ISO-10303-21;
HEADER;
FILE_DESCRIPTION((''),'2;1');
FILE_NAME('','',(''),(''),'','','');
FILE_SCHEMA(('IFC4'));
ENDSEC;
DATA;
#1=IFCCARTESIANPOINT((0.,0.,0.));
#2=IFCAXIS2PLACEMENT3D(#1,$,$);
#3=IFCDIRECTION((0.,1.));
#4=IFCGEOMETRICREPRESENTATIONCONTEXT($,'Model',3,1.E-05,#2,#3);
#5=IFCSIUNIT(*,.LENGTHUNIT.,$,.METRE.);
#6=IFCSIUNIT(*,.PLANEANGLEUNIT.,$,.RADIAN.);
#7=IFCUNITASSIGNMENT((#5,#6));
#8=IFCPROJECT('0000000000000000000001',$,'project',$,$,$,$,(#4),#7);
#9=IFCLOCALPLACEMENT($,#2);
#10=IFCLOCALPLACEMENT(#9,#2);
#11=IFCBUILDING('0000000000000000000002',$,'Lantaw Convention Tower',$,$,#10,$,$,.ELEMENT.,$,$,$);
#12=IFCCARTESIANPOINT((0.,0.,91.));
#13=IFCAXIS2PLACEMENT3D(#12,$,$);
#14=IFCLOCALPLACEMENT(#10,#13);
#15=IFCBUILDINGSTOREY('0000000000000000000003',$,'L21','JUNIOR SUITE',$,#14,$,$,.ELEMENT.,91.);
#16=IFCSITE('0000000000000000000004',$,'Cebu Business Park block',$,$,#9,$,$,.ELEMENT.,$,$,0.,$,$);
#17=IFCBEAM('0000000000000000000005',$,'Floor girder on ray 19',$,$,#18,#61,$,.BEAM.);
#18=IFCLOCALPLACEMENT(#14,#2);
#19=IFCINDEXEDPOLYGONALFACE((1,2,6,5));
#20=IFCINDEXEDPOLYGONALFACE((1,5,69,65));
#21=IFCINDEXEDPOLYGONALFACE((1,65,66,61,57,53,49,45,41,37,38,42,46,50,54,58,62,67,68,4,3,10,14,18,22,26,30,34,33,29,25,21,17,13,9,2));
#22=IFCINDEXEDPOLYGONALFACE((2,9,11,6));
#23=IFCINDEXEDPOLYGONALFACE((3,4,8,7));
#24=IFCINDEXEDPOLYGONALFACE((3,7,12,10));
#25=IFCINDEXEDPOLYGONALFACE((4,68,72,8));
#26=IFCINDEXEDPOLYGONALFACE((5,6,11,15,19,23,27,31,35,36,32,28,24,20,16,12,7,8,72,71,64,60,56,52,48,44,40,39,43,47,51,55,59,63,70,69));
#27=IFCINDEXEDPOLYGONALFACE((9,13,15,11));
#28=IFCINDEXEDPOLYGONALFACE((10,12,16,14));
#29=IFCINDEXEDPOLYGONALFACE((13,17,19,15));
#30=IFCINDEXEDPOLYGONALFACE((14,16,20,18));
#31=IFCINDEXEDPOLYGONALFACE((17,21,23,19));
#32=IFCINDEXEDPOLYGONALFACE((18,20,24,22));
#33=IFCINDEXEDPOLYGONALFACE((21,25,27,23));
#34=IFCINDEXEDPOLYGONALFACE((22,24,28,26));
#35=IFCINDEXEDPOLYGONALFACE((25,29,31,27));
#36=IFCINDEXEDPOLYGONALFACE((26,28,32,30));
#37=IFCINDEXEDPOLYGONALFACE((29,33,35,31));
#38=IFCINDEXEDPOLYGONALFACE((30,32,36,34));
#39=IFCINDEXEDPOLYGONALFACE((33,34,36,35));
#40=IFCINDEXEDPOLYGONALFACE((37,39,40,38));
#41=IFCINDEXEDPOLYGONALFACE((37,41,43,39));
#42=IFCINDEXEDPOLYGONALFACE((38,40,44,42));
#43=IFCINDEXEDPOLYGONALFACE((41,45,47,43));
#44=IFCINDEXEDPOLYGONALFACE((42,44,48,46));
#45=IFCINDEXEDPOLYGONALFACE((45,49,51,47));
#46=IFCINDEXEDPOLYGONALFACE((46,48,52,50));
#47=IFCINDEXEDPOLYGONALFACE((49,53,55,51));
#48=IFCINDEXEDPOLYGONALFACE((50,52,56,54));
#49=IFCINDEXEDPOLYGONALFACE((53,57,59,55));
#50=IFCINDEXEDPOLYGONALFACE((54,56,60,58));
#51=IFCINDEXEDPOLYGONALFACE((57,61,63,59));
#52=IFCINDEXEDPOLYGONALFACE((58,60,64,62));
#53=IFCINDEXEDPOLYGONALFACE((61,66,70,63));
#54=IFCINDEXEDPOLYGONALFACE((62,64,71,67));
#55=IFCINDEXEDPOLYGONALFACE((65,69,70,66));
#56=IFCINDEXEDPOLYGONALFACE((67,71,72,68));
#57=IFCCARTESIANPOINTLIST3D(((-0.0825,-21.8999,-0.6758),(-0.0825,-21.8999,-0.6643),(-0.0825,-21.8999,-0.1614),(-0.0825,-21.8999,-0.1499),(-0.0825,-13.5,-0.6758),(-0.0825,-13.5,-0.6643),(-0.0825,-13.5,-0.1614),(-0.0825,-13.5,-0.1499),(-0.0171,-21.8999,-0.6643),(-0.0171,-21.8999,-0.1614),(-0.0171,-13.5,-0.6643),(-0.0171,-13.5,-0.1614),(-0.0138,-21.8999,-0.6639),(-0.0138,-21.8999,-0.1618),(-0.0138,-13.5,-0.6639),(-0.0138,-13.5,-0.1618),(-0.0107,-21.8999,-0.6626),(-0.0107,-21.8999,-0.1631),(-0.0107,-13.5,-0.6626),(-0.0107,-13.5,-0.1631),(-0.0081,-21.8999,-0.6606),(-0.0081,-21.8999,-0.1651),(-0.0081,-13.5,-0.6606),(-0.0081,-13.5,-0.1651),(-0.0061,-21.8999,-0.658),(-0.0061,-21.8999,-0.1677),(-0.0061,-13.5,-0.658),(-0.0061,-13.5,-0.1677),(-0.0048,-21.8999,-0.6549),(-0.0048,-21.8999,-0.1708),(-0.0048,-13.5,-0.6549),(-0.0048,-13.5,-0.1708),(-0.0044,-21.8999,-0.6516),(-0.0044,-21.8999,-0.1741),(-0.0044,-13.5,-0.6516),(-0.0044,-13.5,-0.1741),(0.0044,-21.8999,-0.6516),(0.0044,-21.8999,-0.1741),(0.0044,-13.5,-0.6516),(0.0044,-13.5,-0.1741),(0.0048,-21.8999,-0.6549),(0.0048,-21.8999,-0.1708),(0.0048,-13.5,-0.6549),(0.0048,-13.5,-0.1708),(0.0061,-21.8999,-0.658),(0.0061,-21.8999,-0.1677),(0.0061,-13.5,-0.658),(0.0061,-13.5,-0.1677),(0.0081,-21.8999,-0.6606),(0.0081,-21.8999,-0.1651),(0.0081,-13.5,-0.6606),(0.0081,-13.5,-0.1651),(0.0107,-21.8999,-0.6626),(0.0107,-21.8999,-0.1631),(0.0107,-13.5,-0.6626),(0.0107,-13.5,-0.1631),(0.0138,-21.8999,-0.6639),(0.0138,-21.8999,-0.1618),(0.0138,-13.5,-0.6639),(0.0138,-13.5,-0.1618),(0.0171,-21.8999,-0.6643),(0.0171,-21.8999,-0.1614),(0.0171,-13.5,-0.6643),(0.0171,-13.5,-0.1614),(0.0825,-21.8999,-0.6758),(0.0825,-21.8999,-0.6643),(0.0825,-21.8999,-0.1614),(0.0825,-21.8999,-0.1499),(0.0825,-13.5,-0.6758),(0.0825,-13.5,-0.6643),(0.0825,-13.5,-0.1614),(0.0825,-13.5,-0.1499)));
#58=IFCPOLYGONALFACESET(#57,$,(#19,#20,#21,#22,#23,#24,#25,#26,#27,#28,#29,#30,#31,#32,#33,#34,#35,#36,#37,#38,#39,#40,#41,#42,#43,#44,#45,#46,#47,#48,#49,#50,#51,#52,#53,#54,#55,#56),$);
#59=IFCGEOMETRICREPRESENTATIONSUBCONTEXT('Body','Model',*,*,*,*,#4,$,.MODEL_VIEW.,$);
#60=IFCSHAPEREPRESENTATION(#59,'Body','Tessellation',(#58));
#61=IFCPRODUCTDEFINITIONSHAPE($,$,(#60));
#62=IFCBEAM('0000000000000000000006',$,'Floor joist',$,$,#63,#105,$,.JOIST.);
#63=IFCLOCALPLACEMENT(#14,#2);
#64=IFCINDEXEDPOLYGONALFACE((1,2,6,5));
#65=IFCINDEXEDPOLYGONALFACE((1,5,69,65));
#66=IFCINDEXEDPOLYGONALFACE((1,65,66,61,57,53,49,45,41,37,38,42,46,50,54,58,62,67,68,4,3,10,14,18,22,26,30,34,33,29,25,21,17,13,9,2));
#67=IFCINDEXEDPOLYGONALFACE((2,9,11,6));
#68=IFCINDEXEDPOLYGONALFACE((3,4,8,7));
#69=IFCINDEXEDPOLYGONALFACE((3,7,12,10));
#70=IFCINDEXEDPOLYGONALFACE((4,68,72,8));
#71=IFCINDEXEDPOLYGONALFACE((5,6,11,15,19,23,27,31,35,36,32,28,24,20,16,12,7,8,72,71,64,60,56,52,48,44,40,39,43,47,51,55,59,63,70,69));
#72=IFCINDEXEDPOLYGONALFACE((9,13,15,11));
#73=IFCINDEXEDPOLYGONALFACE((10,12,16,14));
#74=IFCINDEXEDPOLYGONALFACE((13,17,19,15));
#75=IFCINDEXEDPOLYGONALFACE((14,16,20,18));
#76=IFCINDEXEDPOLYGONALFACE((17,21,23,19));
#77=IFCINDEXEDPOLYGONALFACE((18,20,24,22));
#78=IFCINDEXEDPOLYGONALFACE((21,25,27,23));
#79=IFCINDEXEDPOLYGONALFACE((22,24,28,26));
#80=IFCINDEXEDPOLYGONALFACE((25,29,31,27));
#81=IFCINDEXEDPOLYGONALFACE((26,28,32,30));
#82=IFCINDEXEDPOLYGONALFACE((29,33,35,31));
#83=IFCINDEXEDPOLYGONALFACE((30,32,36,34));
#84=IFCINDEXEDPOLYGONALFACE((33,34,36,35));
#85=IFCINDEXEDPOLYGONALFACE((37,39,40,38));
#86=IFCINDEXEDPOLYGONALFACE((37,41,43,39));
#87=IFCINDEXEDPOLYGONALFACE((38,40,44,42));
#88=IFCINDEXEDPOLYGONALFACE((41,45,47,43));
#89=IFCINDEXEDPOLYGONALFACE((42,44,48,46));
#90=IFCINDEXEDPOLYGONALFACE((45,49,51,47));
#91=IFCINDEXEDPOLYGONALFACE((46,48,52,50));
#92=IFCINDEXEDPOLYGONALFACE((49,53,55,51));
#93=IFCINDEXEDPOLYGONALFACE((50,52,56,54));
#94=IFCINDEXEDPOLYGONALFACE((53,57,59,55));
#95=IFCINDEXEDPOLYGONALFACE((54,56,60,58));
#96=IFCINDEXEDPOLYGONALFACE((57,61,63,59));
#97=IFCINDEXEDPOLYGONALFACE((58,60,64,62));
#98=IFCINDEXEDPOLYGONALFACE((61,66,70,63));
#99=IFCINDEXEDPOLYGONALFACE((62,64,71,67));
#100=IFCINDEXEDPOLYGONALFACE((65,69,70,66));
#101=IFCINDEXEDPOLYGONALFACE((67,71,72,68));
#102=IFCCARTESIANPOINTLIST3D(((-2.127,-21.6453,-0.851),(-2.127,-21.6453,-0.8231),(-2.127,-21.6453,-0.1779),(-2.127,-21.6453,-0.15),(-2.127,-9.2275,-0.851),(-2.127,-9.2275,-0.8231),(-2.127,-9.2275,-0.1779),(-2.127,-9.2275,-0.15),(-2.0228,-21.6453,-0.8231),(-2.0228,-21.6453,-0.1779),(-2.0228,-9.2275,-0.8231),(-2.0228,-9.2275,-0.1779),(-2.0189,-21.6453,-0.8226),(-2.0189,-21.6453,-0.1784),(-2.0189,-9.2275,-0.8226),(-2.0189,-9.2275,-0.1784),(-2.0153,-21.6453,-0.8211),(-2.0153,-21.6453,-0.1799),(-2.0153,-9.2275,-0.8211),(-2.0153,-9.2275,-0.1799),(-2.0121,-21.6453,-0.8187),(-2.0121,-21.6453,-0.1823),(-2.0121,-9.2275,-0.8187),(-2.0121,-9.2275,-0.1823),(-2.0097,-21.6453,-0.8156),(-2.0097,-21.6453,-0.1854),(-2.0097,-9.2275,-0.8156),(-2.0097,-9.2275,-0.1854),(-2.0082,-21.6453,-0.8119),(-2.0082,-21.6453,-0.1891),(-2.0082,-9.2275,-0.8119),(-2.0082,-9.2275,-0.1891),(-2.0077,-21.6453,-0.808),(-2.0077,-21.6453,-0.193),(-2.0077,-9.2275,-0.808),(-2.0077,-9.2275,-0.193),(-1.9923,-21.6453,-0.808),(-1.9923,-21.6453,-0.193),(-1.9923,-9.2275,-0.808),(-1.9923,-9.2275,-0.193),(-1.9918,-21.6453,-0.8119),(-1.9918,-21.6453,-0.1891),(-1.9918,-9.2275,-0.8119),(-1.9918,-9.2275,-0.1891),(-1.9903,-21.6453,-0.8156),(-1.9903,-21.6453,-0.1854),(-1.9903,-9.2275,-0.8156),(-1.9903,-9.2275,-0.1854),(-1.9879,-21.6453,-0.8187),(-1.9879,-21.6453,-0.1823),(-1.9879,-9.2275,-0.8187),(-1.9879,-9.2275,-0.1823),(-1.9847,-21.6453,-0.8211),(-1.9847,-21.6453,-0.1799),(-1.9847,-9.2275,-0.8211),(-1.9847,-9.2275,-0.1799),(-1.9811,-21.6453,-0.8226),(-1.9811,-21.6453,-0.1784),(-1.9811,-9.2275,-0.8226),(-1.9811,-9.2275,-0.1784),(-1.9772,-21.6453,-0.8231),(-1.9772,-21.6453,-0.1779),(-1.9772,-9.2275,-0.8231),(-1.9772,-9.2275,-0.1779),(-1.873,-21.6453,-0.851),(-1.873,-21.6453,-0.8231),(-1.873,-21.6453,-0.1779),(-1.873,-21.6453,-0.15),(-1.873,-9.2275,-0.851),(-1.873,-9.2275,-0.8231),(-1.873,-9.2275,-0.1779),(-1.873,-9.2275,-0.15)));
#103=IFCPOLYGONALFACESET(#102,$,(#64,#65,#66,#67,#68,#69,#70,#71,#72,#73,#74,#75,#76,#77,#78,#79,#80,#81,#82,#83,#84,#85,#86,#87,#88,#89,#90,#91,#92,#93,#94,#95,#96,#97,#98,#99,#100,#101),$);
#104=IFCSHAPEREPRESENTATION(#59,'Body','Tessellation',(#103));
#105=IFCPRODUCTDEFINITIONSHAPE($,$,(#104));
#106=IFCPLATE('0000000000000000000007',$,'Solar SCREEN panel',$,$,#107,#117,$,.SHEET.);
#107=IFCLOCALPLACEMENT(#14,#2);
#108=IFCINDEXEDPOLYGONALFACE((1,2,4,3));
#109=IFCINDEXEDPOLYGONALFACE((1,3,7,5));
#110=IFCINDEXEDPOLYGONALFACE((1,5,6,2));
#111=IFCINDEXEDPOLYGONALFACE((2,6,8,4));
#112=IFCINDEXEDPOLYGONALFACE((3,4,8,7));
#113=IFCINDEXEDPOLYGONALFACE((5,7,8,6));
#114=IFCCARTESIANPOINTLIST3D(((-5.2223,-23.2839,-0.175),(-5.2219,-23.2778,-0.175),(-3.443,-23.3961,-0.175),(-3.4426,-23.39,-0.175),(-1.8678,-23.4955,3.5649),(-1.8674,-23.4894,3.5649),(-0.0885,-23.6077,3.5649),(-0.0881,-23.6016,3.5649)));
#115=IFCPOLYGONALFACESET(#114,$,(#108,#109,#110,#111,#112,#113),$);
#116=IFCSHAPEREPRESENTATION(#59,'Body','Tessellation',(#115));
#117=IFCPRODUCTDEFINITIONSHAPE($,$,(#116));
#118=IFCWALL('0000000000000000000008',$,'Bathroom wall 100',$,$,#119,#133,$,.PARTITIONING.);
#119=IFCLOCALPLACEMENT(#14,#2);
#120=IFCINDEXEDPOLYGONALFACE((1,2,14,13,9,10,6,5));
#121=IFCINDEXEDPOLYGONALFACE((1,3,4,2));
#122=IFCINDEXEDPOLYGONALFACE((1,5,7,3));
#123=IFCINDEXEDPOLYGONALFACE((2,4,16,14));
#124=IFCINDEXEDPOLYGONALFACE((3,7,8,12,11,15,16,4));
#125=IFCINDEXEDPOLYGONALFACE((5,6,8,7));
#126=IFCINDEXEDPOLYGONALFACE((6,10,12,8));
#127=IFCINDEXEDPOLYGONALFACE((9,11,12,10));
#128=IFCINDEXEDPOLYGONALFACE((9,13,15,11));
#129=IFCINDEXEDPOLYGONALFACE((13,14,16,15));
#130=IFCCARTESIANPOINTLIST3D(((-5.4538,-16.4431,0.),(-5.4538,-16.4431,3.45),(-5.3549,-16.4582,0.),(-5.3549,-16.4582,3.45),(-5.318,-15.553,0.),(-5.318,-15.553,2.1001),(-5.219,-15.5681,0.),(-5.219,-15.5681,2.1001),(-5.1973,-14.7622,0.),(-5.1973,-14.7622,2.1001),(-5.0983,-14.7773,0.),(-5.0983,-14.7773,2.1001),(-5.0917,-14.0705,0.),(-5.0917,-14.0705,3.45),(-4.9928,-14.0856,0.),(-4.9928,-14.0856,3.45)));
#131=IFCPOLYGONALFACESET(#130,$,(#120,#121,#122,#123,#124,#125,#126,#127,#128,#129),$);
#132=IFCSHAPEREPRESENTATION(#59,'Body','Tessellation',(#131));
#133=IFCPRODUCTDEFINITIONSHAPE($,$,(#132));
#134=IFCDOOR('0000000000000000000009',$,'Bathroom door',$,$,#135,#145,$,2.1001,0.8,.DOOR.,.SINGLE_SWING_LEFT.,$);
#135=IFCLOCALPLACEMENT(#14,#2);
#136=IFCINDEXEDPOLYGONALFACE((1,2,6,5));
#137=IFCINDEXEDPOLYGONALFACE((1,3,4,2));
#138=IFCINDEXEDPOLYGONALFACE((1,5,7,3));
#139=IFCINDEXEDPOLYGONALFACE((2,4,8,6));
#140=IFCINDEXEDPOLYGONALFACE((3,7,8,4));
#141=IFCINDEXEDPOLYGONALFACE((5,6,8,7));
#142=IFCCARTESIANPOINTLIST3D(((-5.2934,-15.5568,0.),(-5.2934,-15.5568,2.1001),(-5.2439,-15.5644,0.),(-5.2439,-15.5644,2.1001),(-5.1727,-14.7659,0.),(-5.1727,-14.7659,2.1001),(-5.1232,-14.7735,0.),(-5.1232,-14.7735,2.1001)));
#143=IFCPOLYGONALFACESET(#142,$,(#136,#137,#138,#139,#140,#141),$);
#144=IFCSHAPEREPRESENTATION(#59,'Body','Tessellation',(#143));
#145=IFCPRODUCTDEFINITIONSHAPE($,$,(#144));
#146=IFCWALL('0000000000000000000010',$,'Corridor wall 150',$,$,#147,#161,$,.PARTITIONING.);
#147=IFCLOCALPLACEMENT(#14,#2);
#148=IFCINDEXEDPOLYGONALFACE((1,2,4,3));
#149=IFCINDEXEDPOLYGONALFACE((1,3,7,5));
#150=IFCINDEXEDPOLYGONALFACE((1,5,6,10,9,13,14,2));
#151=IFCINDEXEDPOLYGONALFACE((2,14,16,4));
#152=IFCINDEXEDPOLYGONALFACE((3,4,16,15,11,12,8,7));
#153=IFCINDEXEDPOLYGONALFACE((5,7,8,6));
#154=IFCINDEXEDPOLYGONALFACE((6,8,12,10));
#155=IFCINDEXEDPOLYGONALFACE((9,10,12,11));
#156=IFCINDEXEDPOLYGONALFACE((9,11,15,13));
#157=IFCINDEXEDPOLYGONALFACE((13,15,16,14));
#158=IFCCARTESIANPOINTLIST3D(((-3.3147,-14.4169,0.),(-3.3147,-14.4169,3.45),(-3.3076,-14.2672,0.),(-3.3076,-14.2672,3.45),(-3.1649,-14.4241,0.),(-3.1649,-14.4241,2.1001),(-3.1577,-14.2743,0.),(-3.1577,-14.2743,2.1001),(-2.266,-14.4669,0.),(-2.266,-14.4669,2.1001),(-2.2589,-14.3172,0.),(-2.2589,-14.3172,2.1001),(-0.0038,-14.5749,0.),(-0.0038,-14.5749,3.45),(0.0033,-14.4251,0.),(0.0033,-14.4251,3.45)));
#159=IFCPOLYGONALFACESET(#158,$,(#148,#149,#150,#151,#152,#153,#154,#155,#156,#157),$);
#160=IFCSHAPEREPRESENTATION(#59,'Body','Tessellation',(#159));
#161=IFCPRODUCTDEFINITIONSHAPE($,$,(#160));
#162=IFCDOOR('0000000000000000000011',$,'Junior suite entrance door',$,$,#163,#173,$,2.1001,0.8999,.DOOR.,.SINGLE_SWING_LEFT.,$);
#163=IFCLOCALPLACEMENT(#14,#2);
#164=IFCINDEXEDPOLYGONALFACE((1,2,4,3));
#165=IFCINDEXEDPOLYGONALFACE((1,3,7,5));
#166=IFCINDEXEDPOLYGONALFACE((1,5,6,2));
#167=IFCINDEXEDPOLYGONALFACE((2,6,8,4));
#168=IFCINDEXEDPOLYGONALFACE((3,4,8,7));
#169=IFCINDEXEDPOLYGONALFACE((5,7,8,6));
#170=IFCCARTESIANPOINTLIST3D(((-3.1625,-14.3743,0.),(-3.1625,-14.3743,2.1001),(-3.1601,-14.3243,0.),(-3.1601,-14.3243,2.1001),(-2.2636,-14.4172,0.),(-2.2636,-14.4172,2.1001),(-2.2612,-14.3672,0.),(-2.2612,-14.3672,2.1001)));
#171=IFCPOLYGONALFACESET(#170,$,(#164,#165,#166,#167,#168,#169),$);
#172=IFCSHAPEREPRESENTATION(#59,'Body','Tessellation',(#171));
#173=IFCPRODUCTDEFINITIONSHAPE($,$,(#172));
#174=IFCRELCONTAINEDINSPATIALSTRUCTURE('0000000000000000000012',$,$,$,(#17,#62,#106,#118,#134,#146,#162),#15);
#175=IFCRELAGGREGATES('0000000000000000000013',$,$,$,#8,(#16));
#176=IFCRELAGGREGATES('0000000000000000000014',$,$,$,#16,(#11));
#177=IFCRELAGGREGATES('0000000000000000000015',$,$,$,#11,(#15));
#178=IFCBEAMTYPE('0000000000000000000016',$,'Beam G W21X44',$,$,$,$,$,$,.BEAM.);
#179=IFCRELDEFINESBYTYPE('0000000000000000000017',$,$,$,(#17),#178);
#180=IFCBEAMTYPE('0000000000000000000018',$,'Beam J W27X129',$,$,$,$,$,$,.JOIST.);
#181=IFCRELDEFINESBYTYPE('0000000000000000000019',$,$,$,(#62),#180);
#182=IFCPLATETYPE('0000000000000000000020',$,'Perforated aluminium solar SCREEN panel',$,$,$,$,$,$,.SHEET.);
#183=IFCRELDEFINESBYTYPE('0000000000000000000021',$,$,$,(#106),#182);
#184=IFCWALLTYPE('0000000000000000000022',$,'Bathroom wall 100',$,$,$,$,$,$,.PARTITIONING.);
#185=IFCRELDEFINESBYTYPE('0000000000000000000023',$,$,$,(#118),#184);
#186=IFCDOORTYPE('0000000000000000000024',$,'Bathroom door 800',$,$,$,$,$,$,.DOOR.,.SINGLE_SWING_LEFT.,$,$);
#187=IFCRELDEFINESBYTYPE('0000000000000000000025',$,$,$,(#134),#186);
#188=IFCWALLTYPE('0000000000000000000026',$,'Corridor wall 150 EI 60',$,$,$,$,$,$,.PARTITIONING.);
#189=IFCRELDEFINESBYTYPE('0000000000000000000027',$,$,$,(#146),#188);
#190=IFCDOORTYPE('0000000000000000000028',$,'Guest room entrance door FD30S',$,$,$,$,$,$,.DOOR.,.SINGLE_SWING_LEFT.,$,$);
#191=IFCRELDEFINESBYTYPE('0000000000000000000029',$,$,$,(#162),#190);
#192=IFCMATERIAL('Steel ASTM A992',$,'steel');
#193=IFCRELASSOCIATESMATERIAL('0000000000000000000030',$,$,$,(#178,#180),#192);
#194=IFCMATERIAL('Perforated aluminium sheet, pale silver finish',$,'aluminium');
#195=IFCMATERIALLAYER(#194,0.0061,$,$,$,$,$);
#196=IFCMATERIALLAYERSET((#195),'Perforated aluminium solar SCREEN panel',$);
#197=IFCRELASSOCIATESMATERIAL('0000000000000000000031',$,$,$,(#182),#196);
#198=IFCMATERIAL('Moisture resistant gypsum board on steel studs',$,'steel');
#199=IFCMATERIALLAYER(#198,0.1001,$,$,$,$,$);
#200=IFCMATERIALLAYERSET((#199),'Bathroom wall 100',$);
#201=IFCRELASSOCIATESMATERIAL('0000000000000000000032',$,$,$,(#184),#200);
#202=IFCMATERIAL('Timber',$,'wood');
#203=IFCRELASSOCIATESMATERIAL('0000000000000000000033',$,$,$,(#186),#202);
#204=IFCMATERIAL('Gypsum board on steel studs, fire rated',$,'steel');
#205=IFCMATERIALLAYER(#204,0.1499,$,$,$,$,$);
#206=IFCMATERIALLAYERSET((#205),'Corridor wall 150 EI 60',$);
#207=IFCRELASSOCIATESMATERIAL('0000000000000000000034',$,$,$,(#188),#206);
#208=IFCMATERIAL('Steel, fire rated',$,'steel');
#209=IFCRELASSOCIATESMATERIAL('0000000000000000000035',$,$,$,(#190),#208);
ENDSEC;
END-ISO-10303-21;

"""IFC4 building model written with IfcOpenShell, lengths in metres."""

from ifc_helpers import new_model, si_unit, direction, frame, frame_2d, origin, origin_2d, place, context, subcontext, project, spatial, polyline, rectangle, i_section, outline, extrude, material, layer, layer_set, material_profile, profile_set, type_object, element, fill, save


model = new_model("IFC4")

# Units and contexts
model_context = context("Model", 3, precision=1e-05, world=origin(), true_north=direction((0.0, 1.0)))
body_context = subcontext(model_context, "Body", "Model", "MODEL_VIEW")
ifc_project = project(units=[si_unit("LENGTHUNIT", "METRE"), si_unit("PLANEANGLEUNIT", "RADIAN")], contexts=[model_context])

# Site, building, storey
site_placement = place(None, origin())
site = spatial("IfcSite", under=ifc_project, at=site_placement, Name="Cebu Business Park block", CompositionType="ELEMENT", RefElevation=0.0)
building_placement = place(site_placement, origin())
building = spatial("IfcBuilding", under=site, at=building_placement, Name="Lantaw Convention Tower", CompositionType="ELEMENT")
storey_placement = place(building_placement, frame((0.0, 0.0, 91.0)))
storey = spatial("IfcBuildingStorey", under=building, at=storey_placement, Name="L21", Description="JUNIOR SUITE", CompositionType="ELEMENT", Elevation=91.0)

# Beams
ifc_material_1 = material(Name="Steel ASTM A992", Category="steel")
ifc_material_profile_1 = material_profile(ifc_material_1, i_section(OverallWidth=0.165, OverallDepth=0.5259, WebThickness=0.0088, FlangeThickness=0.0115, FilletRadius=0.0127, at=origin_2d()), Name="W21X44")
ifc_profile_set_1 = profile_set([ifc_material_profile_1], Name="Steel ASTM A992")
beam_type_1 = type_object("IfcBeamType", Name="Beam G W21X44", PredefinedType="BEAM", material=ifc_profile_set_1)
beam_1_placement = place(storey_placement, frame((0.0, -13.5, -0.4128), z_axis=(0.0, -1.0, 0.0), x_axis=(1.0, 0.0, 0.0)))
element("IfcBeam", 1, at=beam_1_placement, inside=storey, type_object=beam_type_1, Name="Floor girder on ray 19", PredefinedType="BEAM", context=body_context, shape_type="SweptSolid", body=[
    extrude(i_section(OverallWidth=0.165, OverallDepth=0.5259, WebThickness=0.0088, FlangeThickness=0.0115, FilletRadius=0.0127, at=origin_2d()), origin(), (0.0, 0.0, 1.0), 8.3999),
])
ifc_material_profile_2 = material_profile(ifc_material_1, i_section(OverallWidth=0.2539, OverallDepth=0.7009, WebThickness=0.0154, FlangeThickness=0.0278, FilletRadius=0.0151, at=origin_2d()), Name="W27X129")
ifc_profile_set_2 = profile_set([ifc_material_profile_2], Name="Steel ASTM A992")
beam_type_2 = type_object("IfcBeamType", Name="Beam J W27X129", PredefinedType="JOIST", material=ifc_profile_set_2)
beam_2_placement = place(storey_placement, frame((-2.0, -21.6453, -0.5005), z_axis=(0.0, 1.0, 0.0), x_axis=(-1.0, 0.0, 0.0)))
element("IfcBeam", 2, at=beam_2_placement, inside=storey, type_object=beam_type_2, Name="Floor joist", PredefinedType="JOIST", context=body_context, shape_type="SweptSolid", body=[
    extrude(i_section(OverallWidth=0.2539, OverallDepth=0.7009, WebThickness=0.0154, FlangeThickness=0.0278, FilletRadius=0.0151, at=origin_2d()), origin(), (0.0, 0.0, 1.0), 12.4177),
])

# Plate
ifc_material_2 = material(Name="Perforated aluminium sheet, pale silver finish", Category="aluminium")
ifc_layer_1 = layer(ifc_material_2, 0.0061)
ifc_layer_set_1 = layer_set([ifc_layer_1], Name="Perforated aluminium solar SCREEN panel")
plate_type = type_object("IfcPlateType", Name="Perforated aluminium solar SCREEN panel", PredefinedType="SHEET", material=ifc_layer_set_1)
plate_placement = place(storey_placement, frame((-5.2219, -23.2778, -0.175), z_axis=(0.062924, 0.998018, 0.000014), x_axis=(0.998018, -0.062924, 0.0)))
element("IfcPlate", 3, at=plate_placement, inside=storey, type_object=plate_type, Name="Solar SCREEN panel", PredefinedType="SHEET", context=body_context, shape_type="SweptSolid", body=[
    extrude(outline(polyline([(0.0, 0.0), (1.7828, 0.0), (5.144, -3.74), (3.3612, -3.74), (0.0, 0.0)])), origin(), (0.0, 0.0, -1.0), 0.0061),
])

# Walls, openings, doors
ifc_material_3 = material(Name="Moisture resistant gypsum board on steel studs", Category="steel")
ifc_layer_2 = layer(ifc_material_3, 0.1001)
ifc_layer_set_2 = layer_set([ifc_layer_2], Name="Bathroom wall 100")
wall_type_1 = type_object("IfcWallType", Name="Bathroom wall 100", PredefinedType="PARTITIONING", material=ifc_layer_set_2)
wall_1_placement = place(storey_placement, frame((-5.0422, -14.0779, 0.0), z_axis=(0.0, 0.0, 1.0), x_axis=(-0.150857, -0.988556, 0.0)))
wall_1 = element("IfcWall", 4, at=wall_1_placement, inside=storey, type_object=wall_type_1, Name="Bathroom wall 100", PredefinedType="PARTITIONING", context=body_context, shape_type="SweptSolid", body=[
    extrude(rectangle(XDim=2.4001, YDim=0.1001, at=frame_2d((1.2002, 0.0))), origin(), (0.0, 0.0, 1.0), 3.45),
])
opening_1_placement = place(wall_1_placement, frame((0.7, 0.0, 0.0)))
opening_1 = element("IfcOpeningElement", 5, at=opening_1_placement, cuts=wall_1, PredefinedType="OPENING", context=body_context, shape_type="SweptSolid", body=[
    extrude(rectangle(XDim=0.8, YDim=2.1001, at=frame_2d((0.3999, 1.05))), frame((0.0, 0.0601, 0.0), z_axis=(0.0, -1.0, 0.0), x_axis=(1.0, 0.0, 0.0)), (0.0, 0.0, 1.0), 0.1201),
])
ifc_material_4 = material(Name="Timber", Category="wood")
door_type_1 = type_object("IfcDoorType", Name="Bathroom door 800", OperationType="SINGLE_SWING_LEFT", PredefinedType="DOOR", material=ifc_material_4)
door_1_placement = place(opening_1_placement, origin())
door_1 = element("IfcDoor", 6, at=door_1_placement, inside=storey, type_object=door_type_1, Name="Bathroom door", OperationType="SINGLE_SWING_LEFT", OverallHeight=2.1001, OverallWidth=0.8, PredefinedType="DOOR", context=body_context, shape_type="SweptSolid", body=[
    extrude(rectangle(XDim=0.8, YDim=2.1001, at=frame_2d((0.3999, 1.05))), frame((0.0, 0.0249, 0.0), z_axis=(0.0, -1.0, 0.0), x_axis=(1.0, 0.0, 0.0)), (0.0, 0.0, 1.0), 0.05),
])
fill(opening_1, door_1)
ifc_material_5 = material(Name="Gypsum board on steel studs, fire rated", Category="steel")
ifc_layer_3 = layer(ifc_material_5, 0.1499)
ifc_layer_set_3 = layer_set([ifc_layer_3], Name="Corridor wall 150 EI 60")
wall_type_2 = type_object("IfcWallType", Name="Corridor wall 150 EI 60", PredefinedType="PARTITIONING", material=ifc_layer_set_3)
wall_2_placement = place(storey_placement, frame((-3.311, -14.342, 0.0), z_axis=(0.0, 0.0, 1.0), x_axis=(0.998864, -0.047653, 0.0)))
wall_2 = element("IfcWall", 7, at=wall_2_placement, inside=storey, type_object=wall_type_2, Name="Corridor wall 150", PredefinedType="PARTITIONING", context=body_context, shape_type="SweptSolid", body=[
    extrude(rectangle(XDim=3.3147, YDim=0.1499, at=frame_2d((1.6572, 0.0))), origin(), (0.0, 0.0, 1.0), 3.45),
])
opening_2_placement = place(wall_2_placement, frame((0.1499, 0.0, 0.0)))
opening_2 = element("IfcOpeningElement", 8, at=opening_2_placement, cuts=wall_2, PredefinedType="OPENING", context=body_context, shape_type="SweptSolid", body=[
    extrude(rectangle(XDim=0.8999, YDim=2.1001, at=frame_2d((0.45, 1.05))), frame((0.0, 0.085, 0.0), z_axis=(0.0, -1.0, 0.0), x_axis=(1.0, 0.0, 0.0)), (0.0, 0.0, 1.0), 0.1699),
])
ifc_material_6 = material(Name="Steel, fire rated", Category="steel")
door_type_2 = type_object("IfcDoorType", Name="Guest room entrance door FD30S", OperationType="SINGLE_SWING_LEFT", PredefinedType="DOOR", material=ifc_material_6)
door_2_placement = place(opening_2_placement, origin())
door_2 = element("IfcDoor", 9, at=door_2_placement, inside=storey, type_object=door_type_2, Name="Junior suite entrance door", OperationType="SINGLE_SWING_LEFT", OverallHeight=2.1001, OverallWidth=0.8999, PredefinedType="DOOR", context=body_context, shape_type="SweptSolid", body=[
    extrude(rectangle(XDim=0.8999, YDim=2.1001, at=frame_2d((0.45, 1.05))), frame((0.0, 0.0249, 0.0), z_axis=(0.0, -1.0, 0.0), x_axis=(1.0, 0.0, 0.0)), (0.0, 0.0, 1.0), 0.05),
])
fill(opening_2, door_2)

save(model, "model.ifc")
